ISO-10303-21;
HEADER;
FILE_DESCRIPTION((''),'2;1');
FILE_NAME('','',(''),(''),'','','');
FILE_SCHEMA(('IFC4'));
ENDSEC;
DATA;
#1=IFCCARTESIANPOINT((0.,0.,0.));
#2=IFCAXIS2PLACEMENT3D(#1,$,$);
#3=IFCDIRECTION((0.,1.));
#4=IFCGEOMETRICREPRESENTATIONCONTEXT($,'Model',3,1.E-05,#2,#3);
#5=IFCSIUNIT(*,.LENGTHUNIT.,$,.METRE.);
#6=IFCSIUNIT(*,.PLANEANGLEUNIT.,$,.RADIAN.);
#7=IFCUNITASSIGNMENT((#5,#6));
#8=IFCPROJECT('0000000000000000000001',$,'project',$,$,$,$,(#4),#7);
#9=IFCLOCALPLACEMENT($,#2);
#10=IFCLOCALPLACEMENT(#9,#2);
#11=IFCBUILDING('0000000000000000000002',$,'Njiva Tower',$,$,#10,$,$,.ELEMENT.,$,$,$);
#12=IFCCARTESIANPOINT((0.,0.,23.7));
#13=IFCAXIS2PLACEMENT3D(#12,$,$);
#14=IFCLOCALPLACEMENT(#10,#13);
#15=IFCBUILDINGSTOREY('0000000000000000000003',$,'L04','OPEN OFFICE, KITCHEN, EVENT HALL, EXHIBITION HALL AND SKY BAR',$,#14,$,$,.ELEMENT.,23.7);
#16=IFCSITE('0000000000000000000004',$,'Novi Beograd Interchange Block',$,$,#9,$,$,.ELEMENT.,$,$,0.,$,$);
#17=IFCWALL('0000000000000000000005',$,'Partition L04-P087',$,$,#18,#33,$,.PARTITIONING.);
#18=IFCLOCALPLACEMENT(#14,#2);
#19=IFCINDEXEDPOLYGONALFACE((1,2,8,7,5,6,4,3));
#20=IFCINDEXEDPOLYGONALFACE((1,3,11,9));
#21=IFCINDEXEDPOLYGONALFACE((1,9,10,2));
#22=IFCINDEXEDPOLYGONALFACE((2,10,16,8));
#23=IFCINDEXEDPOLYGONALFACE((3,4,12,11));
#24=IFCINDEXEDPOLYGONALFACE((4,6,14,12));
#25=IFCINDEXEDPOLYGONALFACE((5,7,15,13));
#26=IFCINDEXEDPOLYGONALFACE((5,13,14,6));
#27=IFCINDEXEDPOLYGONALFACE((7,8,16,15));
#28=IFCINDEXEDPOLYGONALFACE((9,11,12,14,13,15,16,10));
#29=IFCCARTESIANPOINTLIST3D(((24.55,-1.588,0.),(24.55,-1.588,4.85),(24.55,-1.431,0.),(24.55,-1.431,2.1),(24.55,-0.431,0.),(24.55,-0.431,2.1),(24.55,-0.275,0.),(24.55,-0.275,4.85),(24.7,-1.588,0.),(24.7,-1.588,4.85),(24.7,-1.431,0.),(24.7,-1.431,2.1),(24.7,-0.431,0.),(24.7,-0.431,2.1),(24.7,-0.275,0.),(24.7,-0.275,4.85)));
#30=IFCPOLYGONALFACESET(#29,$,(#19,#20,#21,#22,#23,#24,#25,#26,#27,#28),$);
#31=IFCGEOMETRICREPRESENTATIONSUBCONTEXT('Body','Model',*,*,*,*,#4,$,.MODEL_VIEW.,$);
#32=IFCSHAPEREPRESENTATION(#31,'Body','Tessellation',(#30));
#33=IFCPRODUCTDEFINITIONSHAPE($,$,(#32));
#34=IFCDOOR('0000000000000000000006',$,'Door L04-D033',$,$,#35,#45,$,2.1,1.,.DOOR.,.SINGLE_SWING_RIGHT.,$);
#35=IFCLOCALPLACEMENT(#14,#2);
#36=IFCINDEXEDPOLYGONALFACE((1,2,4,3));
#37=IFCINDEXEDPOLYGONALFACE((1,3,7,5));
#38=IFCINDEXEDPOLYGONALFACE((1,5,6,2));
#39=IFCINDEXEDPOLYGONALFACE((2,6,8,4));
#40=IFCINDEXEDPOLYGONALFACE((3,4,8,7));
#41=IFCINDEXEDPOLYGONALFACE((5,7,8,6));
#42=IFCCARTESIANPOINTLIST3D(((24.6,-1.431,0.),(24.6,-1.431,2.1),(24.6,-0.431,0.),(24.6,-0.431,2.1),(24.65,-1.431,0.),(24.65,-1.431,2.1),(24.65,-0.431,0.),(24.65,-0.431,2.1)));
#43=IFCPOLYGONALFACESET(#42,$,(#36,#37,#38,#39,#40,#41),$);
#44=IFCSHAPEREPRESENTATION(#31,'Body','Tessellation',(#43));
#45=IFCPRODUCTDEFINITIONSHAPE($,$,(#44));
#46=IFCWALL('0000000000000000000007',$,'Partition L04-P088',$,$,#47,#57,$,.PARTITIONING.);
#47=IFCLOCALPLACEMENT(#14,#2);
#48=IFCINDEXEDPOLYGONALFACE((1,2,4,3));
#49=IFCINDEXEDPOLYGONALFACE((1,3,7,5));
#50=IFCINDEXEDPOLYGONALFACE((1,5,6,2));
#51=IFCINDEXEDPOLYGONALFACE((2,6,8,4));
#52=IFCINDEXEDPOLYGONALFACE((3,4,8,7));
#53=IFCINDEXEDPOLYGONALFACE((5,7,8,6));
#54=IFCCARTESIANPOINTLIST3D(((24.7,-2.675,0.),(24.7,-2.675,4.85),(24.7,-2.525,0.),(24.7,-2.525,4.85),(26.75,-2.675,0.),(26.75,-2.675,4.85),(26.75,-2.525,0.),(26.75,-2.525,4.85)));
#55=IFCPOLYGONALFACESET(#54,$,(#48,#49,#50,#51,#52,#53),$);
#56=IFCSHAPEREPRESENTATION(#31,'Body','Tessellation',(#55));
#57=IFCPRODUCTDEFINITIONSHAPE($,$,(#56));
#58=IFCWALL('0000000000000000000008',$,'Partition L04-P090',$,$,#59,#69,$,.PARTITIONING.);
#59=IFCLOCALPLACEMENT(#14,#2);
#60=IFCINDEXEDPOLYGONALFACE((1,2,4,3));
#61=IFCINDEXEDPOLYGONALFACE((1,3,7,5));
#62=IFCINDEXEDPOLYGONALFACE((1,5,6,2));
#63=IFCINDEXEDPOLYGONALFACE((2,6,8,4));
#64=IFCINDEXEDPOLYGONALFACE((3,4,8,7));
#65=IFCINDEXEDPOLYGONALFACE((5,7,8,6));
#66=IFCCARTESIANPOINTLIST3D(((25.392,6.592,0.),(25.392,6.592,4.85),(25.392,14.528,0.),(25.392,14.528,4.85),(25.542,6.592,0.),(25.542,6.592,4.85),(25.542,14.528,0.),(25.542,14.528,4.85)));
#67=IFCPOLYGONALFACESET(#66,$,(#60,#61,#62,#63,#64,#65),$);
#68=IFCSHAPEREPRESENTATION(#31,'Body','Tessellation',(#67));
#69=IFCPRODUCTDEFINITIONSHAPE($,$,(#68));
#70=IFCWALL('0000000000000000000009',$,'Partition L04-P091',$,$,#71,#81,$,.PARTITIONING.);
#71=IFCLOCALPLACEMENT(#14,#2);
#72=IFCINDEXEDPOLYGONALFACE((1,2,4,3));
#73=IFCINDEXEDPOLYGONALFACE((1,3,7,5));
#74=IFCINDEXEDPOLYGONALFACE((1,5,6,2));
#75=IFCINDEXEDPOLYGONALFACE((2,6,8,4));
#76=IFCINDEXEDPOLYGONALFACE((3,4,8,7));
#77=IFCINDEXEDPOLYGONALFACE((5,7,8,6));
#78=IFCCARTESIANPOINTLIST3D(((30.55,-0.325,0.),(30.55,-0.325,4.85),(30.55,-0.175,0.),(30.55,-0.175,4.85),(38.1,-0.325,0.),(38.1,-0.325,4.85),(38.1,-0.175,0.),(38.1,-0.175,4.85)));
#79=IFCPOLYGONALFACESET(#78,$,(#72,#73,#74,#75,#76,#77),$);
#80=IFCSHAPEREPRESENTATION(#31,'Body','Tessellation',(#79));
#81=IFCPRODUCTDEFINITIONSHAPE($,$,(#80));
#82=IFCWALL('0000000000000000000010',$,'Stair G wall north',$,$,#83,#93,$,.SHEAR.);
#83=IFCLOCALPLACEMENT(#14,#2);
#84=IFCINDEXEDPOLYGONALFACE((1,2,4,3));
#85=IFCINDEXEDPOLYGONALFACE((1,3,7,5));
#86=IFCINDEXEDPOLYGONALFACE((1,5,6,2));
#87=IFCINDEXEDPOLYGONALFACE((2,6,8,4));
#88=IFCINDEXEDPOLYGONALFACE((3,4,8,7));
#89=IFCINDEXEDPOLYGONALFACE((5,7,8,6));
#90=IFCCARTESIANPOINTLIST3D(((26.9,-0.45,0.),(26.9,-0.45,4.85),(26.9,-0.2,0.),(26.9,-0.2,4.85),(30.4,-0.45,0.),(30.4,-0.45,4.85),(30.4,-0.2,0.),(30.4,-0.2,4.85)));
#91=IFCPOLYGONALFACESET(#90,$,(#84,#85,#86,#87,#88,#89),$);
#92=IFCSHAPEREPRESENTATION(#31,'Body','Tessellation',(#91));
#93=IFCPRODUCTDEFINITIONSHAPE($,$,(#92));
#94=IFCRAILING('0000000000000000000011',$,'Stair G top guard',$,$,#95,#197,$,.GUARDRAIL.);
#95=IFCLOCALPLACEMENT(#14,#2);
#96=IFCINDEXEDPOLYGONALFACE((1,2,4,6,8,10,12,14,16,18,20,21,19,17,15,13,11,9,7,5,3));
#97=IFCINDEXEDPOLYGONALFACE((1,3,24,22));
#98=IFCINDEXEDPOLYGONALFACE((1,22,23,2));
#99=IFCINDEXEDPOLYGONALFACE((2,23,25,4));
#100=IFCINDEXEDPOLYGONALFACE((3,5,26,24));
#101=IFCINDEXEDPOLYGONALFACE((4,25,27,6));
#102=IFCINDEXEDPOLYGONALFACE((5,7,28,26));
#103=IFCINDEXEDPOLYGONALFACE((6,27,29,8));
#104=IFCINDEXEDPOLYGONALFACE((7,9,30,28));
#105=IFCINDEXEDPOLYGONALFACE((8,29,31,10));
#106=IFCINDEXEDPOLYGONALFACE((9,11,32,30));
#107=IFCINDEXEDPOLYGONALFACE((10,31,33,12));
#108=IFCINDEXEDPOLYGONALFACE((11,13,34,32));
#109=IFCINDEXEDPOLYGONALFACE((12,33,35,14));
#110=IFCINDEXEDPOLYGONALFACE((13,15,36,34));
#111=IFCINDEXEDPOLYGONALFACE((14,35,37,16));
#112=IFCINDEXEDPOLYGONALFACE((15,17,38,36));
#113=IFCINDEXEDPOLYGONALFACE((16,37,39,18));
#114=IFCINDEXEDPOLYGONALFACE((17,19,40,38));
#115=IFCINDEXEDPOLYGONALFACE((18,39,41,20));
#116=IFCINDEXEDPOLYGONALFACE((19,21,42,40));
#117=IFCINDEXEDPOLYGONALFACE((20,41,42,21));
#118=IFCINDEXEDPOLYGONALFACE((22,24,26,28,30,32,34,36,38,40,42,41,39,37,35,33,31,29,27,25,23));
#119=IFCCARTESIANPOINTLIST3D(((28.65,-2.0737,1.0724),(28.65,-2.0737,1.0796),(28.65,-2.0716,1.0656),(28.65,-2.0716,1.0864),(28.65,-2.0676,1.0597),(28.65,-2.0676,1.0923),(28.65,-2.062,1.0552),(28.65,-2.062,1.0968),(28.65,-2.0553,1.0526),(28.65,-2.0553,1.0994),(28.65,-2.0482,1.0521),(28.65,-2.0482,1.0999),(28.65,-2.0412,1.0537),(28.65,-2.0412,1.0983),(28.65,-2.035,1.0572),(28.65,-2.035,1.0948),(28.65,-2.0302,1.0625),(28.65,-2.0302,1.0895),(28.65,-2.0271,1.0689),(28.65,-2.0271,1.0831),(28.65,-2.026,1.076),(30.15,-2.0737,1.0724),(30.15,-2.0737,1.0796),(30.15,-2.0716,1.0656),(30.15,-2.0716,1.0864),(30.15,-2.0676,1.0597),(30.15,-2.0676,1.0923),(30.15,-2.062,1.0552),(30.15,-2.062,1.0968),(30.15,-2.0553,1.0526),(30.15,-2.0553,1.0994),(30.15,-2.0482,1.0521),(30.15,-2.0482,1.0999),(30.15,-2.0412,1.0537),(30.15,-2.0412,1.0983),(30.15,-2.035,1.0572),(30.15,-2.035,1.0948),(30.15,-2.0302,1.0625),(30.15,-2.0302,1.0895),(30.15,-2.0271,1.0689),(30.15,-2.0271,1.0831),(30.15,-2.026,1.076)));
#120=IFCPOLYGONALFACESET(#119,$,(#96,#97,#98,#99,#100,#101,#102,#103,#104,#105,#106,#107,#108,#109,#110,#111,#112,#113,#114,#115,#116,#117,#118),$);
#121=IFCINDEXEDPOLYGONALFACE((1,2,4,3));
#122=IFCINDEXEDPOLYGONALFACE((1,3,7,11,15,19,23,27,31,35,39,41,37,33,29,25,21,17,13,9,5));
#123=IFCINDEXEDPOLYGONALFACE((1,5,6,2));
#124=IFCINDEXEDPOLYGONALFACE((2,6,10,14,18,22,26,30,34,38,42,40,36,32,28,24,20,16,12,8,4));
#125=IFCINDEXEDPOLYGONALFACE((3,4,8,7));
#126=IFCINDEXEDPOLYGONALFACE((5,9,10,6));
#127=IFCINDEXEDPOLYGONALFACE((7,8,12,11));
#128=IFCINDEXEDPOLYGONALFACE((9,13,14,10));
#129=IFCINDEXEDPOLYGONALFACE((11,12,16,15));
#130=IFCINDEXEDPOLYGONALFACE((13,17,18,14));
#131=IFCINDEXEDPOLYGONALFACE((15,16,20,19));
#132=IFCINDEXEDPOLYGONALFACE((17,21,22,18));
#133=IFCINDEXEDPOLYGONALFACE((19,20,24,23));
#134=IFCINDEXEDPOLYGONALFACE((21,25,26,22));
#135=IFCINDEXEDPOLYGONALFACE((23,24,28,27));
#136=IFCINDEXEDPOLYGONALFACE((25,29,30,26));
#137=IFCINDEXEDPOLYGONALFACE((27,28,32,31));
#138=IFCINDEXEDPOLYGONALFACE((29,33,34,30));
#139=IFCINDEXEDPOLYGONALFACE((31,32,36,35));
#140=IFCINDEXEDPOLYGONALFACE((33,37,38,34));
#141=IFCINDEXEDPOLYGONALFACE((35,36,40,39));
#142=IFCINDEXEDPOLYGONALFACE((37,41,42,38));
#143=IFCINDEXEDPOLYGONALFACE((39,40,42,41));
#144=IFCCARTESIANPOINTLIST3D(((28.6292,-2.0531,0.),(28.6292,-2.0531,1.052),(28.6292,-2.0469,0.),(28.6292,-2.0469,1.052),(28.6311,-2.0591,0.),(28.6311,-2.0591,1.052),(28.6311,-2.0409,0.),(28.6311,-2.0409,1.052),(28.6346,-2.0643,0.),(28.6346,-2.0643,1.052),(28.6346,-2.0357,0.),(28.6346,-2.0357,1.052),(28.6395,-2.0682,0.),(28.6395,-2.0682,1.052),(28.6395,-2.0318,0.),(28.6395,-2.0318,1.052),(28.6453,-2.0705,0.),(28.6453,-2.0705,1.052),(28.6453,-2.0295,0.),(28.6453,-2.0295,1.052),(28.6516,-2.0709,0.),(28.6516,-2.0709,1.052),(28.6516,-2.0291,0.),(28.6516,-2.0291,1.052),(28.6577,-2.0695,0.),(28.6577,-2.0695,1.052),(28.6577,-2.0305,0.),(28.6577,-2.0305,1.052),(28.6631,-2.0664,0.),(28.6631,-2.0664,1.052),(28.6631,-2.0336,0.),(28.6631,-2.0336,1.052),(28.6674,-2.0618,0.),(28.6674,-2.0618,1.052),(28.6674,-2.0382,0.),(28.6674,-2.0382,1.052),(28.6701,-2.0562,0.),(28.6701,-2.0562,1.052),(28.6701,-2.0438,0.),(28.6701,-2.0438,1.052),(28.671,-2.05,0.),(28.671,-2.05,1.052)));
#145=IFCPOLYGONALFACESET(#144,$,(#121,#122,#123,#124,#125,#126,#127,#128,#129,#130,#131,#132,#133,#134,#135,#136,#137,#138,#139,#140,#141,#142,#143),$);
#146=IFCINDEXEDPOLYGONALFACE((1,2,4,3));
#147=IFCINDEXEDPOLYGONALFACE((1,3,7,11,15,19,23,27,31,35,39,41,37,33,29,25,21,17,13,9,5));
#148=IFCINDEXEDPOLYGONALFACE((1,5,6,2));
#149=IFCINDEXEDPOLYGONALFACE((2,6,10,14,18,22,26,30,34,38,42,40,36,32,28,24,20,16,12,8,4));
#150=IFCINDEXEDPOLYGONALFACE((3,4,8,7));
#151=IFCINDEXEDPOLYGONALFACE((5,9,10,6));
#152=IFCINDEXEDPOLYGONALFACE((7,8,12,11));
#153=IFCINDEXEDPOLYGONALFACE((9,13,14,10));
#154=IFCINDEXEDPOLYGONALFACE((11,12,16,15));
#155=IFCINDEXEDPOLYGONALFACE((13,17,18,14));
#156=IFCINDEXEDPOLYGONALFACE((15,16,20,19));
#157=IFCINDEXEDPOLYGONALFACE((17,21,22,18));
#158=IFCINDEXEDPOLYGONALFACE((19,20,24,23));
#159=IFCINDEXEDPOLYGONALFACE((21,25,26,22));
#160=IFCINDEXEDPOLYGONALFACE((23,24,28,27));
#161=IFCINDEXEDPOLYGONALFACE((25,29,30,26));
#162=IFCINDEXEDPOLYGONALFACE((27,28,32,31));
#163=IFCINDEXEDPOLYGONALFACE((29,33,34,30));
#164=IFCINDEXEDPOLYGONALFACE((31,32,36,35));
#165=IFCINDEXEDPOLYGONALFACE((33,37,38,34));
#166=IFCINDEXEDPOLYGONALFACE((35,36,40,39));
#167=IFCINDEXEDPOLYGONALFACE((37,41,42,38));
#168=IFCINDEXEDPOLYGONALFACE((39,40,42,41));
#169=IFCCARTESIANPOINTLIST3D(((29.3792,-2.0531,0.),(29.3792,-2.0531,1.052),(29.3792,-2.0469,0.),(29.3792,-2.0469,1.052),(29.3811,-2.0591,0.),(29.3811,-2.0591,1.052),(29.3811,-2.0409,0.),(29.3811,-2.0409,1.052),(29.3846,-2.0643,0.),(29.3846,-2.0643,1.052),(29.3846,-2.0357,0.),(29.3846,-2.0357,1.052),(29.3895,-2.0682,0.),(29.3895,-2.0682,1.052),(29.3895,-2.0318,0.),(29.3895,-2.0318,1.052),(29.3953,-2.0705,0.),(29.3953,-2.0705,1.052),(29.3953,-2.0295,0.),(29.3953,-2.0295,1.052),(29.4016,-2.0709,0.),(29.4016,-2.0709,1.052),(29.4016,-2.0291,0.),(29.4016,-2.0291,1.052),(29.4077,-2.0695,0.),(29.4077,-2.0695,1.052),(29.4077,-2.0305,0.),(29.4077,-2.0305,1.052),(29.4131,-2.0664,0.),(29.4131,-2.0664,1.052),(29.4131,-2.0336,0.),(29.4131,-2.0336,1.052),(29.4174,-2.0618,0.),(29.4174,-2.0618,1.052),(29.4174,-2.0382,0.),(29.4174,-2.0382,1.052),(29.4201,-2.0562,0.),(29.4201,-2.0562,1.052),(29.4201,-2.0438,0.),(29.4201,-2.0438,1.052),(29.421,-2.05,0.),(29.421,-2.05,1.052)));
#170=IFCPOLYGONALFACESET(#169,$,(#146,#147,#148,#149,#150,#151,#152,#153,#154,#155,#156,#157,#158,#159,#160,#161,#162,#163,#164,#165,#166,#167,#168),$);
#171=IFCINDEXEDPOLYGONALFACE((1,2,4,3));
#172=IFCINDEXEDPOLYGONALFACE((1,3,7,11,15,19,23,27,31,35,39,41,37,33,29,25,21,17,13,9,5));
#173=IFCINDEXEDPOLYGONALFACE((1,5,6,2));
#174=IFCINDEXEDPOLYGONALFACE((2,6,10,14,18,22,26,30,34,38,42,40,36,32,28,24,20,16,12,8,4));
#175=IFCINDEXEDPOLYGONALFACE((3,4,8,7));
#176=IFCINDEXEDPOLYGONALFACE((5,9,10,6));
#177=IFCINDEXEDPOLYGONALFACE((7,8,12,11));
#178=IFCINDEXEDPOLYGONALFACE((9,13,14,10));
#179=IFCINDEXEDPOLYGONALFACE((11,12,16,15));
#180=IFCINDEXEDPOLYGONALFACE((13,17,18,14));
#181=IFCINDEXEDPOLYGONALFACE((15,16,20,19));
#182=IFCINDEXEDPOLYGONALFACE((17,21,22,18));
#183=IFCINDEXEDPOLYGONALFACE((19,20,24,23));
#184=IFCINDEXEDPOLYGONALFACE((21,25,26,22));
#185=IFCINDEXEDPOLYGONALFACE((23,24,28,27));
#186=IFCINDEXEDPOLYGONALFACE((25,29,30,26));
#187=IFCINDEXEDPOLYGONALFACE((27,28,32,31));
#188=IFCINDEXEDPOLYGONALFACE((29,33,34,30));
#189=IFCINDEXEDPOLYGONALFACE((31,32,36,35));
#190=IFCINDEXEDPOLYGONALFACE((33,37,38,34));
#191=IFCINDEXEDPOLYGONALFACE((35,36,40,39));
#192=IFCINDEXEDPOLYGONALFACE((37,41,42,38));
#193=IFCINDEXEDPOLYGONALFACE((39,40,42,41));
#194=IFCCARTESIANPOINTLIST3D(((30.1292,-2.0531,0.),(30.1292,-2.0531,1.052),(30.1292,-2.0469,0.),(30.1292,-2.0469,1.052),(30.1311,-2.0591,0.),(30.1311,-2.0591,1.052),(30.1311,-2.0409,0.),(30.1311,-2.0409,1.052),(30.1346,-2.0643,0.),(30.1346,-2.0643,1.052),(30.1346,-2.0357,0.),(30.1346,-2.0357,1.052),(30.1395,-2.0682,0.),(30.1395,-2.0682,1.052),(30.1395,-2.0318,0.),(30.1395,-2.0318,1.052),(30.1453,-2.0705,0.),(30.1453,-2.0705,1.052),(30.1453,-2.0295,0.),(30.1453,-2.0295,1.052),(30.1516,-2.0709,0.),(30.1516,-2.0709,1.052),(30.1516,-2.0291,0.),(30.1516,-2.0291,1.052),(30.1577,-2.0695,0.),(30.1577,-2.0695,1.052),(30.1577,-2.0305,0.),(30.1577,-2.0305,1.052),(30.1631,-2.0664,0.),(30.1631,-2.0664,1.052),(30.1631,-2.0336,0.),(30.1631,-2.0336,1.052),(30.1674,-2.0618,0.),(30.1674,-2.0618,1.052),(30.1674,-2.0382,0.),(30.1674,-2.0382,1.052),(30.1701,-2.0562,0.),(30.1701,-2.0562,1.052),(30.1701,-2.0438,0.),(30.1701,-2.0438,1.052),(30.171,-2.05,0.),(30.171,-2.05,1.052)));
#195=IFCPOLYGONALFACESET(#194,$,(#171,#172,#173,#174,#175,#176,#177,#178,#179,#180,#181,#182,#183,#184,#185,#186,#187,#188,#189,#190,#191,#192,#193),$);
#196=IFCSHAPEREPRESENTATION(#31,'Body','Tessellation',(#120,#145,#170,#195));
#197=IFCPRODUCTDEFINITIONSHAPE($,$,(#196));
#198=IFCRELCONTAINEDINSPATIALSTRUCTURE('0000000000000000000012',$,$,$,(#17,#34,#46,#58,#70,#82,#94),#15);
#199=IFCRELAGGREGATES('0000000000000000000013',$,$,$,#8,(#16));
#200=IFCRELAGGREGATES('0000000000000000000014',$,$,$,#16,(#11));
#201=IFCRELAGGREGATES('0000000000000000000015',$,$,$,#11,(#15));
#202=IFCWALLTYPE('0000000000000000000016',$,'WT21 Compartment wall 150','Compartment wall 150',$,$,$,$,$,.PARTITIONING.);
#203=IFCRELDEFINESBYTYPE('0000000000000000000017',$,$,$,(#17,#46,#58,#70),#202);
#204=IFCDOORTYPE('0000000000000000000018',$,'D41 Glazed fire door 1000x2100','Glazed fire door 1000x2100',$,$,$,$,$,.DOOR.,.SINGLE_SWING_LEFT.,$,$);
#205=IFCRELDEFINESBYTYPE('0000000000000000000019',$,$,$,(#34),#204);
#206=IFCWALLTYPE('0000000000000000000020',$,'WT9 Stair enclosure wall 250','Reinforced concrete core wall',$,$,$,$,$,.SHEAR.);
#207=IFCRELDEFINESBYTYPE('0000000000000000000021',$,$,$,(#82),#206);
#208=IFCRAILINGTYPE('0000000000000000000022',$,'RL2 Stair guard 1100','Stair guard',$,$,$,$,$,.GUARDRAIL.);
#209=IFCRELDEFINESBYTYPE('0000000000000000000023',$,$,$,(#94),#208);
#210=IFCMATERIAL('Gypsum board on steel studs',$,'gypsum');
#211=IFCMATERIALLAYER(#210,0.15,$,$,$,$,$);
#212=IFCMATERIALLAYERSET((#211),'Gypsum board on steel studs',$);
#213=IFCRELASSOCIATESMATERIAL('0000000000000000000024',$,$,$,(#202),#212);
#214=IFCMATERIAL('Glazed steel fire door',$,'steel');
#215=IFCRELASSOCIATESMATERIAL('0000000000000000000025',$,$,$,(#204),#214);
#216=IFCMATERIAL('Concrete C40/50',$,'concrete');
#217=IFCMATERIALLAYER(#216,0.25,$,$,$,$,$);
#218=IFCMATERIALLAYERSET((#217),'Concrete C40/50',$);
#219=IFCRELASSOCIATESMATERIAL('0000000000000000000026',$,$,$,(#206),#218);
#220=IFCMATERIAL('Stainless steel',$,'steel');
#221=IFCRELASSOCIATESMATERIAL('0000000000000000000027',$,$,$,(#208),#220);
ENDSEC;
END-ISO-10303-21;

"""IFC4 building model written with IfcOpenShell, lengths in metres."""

from ifc_helpers import new_model, si_unit, direction, frame, frame_2d, origin, origin_2d, place, context, subcontext, project, spatial, rectangle, circle, extrude, material, layer, layer_set, type_object, element, fill, save


model = new_model("IFC4")

# Units and contexts
model_context = context("Model", 3, precision=1e-05, world=origin(), true_north=direction((0.0, 1.0)))
body_context = subcontext(model_context, "Body", "Model", "MODEL_VIEW")
ifc_project = project(units=[si_unit("LENGTHUNIT", "METRE"), si_unit("PLANEANGLEUNIT", "RADIAN")], contexts=[model_context])

# Site, building, storey
site_placement = place(None, origin())
site = spatial("IfcSite", under=ifc_project, at=site_placement, Name="Novi Beograd Interchange Block", CompositionType="ELEMENT", RefElevation=0.0)
building_placement = place(site_placement, origin())
building = spatial("IfcBuilding", under=site, at=building_placement, Name="Njiva Tower", CompositionType="ELEMENT")
storey_placement = place(building_placement, frame((0.0, 0.0, 23.7)))
storey = spatial("IfcBuildingStorey", under=building, at=storey_placement, Name="L04", Description="OPEN OFFICE, KITCHEN, EVENT HALL, EXHIBITION HALL AND SKY BAR", CompositionType="ELEMENT", Elevation=23.7)

# Wall, opening, door
ifc_material_1 = material(Name="Gypsum board on steel studs", Category="gypsum")
ifc_layer_1 = layer(ifc_material_1, 0.15)
ifc_layer_set_1 = layer_set([ifc_layer_1], Name="Gypsum board on steel studs")
wall_type_1 = type_object("IfcWallType", Name="WT21 Compartment wall 150", Description="Compartment wall 150", PredefinedType="PARTITIONING", material=ifc_layer_set_1)
wall_1_placement = place(storey_placement, frame((24.625, -1.588, 0.0), z_axis=(0.0, 0.0, 1.0), x_axis=(0.0, 1.0, 0.0)))
wall_1 = element("IfcWall", 1, at=wall_1_placement, inside=storey, type_object=wall_type_1, Name="Partition L04-P087", PredefinedType="PARTITIONING", context=body_context, shape_type="SweptSolid", body=[
    extrude(rectangle(XDim=1.313, YDim=0.15, at=frame_2d((0.6565, 0.0))), origin(), (0.0, 0.0, 1.0), 4.85),
])
opening_placement = place(wall_1_placement, frame((0.157, 0.0, 0.0)))
opening = element("IfcOpeningElement", 2, at=opening_placement, cuts=wall_1, PredefinedType="OPENING", context=body_context, shape_type="SweptSolid", body=[
    extrude(rectangle(XDim=1.0, YDim=2.1, at=frame_2d((0.5, 1.05))), frame((0.0, 0.085, 0.0), z_axis=(0.0, -1.0, 0.0), x_axis=(1.0, 0.0, 0.0)), (0.0, 0.0, 1.0), 0.17),
])
ifc_material_2 = material(Name="Glazed steel fire door", Category="steel")
door_type = type_object("IfcDoorType", Name="D41 Glazed fire door 1000x2100", Description="Glazed fire door 1000x2100", OperationType="SINGLE_SWING_LEFT", PredefinedType="DOOR", material=ifc_material_2)
door_placement = place(opening_placement, origin())
door = element("IfcDoor", 3, at=door_placement, inside=storey, type_object=door_type, Name="Door L04-D033", OperationType="SINGLE_SWING_RIGHT", OverallHeight=2.1, OverallWidth=1.0, PredefinedType="DOOR", context=body_context, shape_type="SweptSolid", body=[
    extrude(rectangle(XDim=1.0, YDim=2.1, at=frame_2d((0.5, 1.05))), frame((0.0, 0.025, 0.0), z_axis=(0.0, -1.0, 0.0), x_axis=(1.0, 0.0, 0.0)), (0.0, 0.0, 1.0), 0.05),
])
fill(opening, door)

# Walls
wall_2_placement = place(storey_placement, frame((24.7, -2.6, 0.0), z_axis=(0.0, 0.0, 1.0), x_axis=(1.0, 0.0, 0.0)))
element("IfcWall", 4, at=wall_2_placement, inside=storey, type_object=wall_type_1, Name="Partition L04-P088", PredefinedType="PARTITIONING", context=body_context, shape_type="SweptSolid", body=[
    extrude(rectangle(XDim=2.05, YDim=0.15, at=frame_2d((1.025, 0.0))), origin(), (0.0, 0.0, 1.0), 4.85),
])
wall_3_placement = place(storey_placement, frame((25.467, 6.592, 0.0), z_axis=(0.0, 0.0, 1.0), x_axis=(0.0, 1.0, 0.0)))
element("IfcWall", 5, at=wall_3_placement, inside=storey, type_object=wall_type_1, Name="Partition L04-P090", PredefinedType="PARTITIONING", context=body_context, shape_type="SweptSolid", body=[
    extrude(rectangle(XDim=7.936, YDim=0.15, at=frame_2d((3.968, 0.0))), origin(), (0.0, 0.0, 1.0), 4.85),
])
wall_4_placement = place(storey_placement, frame((30.55, -0.25, 0.0), z_axis=(0.0, 0.0, 1.0), x_axis=(1.0, 0.0, 0.0)))
element("IfcWall", 6, at=wall_4_placement, inside=storey, type_object=wall_type_1, Name="Partition L04-P091", PredefinedType="PARTITIONING", context=body_context, shape_type="SweptSolid", body=[
    extrude(rectangle(XDim=7.55, YDim=0.15, at=frame_2d((3.775, 0.0))), origin(), (0.0, 0.0, 1.0), 4.85),
])
ifc_material_3 = material(Name="Concrete C40/50", Category="concrete")
ifc_layer_2 = layer(ifc_material_3, 0.25)
ifc_layer_set_2 = layer_set([ifc_layer_2], Name="Concrete C40/50")
wall_type_2 = type_object("IfcWallType", Name="WT9 Stair enclosure wall 250", Description="Reinforced concrete core wall", PredefinedType="SHEAR", material=ifc_layer_set_2)
wall_5_placement = place(storey_placement, frame((26.9, -0.325, 0.0), z_axis=(0.0, 0.0, 1.0), x_axis=(1.0, 0.0, 0.0)))
element("IfcWall", 7, at=wall_5_placement, inside=storey, type_object=wall_type_2, Name="Stair G wall north", PredefinedType="SHEAR", context=body_context, shape_type="SweptSolid", body=[
    extrude(rectangle(XDim=3.5, YDim=0.25, at=frame_2d((1.75, 0.0))), origin(), (0.0, 0.0, 1.0), 4.85),
])

# Railing
ifc_material_4 = material(Name="Stainless steel", Category="steel")
railing_type = type_object("IfcRailingType", Name="RL2 Stair guard 1100", Description="Stair guard", PredefinedType="GUARDRAIL", material=ifc_material_4)
railing_placement = place(storey_placement, frame((28.65, -2.05, 0.0)))
element("IfcRailing", 8, at=railing_placement, inside=storey, type_object=railing_type, Name="Stair G top guard", PredefinedType="GUARDRAIL", context=body_context, shape_type="SweptSolid", body=[
    extrude(circle(Radius=0.024, at=origin_2d()), frame((0.0, 0.0, 1.076), z_axis=(1.0, 0.0, 0.0), x_axis=(0.0, 1.0, 0.0)), (0.0, 0.0, 1.0), 1.5),
    extrude(circle(Radius=0.021, at=origin_2d()), origin(), (0.0, 0.0, 1.0), 1.052),
    extrude(circle(Radius=0.021, at=origin_2d()), frame((0.75, 0.0, 0.0)), (0.0, 0.0, 1.0), 1.052),
    extrude(circle(Radius=0.021, at=origin_2d()), frame((1.5, 0.0, 0.0)), (0.0, 0.0, 1.0), 1.052),
])

save(model, "model.ifc")
